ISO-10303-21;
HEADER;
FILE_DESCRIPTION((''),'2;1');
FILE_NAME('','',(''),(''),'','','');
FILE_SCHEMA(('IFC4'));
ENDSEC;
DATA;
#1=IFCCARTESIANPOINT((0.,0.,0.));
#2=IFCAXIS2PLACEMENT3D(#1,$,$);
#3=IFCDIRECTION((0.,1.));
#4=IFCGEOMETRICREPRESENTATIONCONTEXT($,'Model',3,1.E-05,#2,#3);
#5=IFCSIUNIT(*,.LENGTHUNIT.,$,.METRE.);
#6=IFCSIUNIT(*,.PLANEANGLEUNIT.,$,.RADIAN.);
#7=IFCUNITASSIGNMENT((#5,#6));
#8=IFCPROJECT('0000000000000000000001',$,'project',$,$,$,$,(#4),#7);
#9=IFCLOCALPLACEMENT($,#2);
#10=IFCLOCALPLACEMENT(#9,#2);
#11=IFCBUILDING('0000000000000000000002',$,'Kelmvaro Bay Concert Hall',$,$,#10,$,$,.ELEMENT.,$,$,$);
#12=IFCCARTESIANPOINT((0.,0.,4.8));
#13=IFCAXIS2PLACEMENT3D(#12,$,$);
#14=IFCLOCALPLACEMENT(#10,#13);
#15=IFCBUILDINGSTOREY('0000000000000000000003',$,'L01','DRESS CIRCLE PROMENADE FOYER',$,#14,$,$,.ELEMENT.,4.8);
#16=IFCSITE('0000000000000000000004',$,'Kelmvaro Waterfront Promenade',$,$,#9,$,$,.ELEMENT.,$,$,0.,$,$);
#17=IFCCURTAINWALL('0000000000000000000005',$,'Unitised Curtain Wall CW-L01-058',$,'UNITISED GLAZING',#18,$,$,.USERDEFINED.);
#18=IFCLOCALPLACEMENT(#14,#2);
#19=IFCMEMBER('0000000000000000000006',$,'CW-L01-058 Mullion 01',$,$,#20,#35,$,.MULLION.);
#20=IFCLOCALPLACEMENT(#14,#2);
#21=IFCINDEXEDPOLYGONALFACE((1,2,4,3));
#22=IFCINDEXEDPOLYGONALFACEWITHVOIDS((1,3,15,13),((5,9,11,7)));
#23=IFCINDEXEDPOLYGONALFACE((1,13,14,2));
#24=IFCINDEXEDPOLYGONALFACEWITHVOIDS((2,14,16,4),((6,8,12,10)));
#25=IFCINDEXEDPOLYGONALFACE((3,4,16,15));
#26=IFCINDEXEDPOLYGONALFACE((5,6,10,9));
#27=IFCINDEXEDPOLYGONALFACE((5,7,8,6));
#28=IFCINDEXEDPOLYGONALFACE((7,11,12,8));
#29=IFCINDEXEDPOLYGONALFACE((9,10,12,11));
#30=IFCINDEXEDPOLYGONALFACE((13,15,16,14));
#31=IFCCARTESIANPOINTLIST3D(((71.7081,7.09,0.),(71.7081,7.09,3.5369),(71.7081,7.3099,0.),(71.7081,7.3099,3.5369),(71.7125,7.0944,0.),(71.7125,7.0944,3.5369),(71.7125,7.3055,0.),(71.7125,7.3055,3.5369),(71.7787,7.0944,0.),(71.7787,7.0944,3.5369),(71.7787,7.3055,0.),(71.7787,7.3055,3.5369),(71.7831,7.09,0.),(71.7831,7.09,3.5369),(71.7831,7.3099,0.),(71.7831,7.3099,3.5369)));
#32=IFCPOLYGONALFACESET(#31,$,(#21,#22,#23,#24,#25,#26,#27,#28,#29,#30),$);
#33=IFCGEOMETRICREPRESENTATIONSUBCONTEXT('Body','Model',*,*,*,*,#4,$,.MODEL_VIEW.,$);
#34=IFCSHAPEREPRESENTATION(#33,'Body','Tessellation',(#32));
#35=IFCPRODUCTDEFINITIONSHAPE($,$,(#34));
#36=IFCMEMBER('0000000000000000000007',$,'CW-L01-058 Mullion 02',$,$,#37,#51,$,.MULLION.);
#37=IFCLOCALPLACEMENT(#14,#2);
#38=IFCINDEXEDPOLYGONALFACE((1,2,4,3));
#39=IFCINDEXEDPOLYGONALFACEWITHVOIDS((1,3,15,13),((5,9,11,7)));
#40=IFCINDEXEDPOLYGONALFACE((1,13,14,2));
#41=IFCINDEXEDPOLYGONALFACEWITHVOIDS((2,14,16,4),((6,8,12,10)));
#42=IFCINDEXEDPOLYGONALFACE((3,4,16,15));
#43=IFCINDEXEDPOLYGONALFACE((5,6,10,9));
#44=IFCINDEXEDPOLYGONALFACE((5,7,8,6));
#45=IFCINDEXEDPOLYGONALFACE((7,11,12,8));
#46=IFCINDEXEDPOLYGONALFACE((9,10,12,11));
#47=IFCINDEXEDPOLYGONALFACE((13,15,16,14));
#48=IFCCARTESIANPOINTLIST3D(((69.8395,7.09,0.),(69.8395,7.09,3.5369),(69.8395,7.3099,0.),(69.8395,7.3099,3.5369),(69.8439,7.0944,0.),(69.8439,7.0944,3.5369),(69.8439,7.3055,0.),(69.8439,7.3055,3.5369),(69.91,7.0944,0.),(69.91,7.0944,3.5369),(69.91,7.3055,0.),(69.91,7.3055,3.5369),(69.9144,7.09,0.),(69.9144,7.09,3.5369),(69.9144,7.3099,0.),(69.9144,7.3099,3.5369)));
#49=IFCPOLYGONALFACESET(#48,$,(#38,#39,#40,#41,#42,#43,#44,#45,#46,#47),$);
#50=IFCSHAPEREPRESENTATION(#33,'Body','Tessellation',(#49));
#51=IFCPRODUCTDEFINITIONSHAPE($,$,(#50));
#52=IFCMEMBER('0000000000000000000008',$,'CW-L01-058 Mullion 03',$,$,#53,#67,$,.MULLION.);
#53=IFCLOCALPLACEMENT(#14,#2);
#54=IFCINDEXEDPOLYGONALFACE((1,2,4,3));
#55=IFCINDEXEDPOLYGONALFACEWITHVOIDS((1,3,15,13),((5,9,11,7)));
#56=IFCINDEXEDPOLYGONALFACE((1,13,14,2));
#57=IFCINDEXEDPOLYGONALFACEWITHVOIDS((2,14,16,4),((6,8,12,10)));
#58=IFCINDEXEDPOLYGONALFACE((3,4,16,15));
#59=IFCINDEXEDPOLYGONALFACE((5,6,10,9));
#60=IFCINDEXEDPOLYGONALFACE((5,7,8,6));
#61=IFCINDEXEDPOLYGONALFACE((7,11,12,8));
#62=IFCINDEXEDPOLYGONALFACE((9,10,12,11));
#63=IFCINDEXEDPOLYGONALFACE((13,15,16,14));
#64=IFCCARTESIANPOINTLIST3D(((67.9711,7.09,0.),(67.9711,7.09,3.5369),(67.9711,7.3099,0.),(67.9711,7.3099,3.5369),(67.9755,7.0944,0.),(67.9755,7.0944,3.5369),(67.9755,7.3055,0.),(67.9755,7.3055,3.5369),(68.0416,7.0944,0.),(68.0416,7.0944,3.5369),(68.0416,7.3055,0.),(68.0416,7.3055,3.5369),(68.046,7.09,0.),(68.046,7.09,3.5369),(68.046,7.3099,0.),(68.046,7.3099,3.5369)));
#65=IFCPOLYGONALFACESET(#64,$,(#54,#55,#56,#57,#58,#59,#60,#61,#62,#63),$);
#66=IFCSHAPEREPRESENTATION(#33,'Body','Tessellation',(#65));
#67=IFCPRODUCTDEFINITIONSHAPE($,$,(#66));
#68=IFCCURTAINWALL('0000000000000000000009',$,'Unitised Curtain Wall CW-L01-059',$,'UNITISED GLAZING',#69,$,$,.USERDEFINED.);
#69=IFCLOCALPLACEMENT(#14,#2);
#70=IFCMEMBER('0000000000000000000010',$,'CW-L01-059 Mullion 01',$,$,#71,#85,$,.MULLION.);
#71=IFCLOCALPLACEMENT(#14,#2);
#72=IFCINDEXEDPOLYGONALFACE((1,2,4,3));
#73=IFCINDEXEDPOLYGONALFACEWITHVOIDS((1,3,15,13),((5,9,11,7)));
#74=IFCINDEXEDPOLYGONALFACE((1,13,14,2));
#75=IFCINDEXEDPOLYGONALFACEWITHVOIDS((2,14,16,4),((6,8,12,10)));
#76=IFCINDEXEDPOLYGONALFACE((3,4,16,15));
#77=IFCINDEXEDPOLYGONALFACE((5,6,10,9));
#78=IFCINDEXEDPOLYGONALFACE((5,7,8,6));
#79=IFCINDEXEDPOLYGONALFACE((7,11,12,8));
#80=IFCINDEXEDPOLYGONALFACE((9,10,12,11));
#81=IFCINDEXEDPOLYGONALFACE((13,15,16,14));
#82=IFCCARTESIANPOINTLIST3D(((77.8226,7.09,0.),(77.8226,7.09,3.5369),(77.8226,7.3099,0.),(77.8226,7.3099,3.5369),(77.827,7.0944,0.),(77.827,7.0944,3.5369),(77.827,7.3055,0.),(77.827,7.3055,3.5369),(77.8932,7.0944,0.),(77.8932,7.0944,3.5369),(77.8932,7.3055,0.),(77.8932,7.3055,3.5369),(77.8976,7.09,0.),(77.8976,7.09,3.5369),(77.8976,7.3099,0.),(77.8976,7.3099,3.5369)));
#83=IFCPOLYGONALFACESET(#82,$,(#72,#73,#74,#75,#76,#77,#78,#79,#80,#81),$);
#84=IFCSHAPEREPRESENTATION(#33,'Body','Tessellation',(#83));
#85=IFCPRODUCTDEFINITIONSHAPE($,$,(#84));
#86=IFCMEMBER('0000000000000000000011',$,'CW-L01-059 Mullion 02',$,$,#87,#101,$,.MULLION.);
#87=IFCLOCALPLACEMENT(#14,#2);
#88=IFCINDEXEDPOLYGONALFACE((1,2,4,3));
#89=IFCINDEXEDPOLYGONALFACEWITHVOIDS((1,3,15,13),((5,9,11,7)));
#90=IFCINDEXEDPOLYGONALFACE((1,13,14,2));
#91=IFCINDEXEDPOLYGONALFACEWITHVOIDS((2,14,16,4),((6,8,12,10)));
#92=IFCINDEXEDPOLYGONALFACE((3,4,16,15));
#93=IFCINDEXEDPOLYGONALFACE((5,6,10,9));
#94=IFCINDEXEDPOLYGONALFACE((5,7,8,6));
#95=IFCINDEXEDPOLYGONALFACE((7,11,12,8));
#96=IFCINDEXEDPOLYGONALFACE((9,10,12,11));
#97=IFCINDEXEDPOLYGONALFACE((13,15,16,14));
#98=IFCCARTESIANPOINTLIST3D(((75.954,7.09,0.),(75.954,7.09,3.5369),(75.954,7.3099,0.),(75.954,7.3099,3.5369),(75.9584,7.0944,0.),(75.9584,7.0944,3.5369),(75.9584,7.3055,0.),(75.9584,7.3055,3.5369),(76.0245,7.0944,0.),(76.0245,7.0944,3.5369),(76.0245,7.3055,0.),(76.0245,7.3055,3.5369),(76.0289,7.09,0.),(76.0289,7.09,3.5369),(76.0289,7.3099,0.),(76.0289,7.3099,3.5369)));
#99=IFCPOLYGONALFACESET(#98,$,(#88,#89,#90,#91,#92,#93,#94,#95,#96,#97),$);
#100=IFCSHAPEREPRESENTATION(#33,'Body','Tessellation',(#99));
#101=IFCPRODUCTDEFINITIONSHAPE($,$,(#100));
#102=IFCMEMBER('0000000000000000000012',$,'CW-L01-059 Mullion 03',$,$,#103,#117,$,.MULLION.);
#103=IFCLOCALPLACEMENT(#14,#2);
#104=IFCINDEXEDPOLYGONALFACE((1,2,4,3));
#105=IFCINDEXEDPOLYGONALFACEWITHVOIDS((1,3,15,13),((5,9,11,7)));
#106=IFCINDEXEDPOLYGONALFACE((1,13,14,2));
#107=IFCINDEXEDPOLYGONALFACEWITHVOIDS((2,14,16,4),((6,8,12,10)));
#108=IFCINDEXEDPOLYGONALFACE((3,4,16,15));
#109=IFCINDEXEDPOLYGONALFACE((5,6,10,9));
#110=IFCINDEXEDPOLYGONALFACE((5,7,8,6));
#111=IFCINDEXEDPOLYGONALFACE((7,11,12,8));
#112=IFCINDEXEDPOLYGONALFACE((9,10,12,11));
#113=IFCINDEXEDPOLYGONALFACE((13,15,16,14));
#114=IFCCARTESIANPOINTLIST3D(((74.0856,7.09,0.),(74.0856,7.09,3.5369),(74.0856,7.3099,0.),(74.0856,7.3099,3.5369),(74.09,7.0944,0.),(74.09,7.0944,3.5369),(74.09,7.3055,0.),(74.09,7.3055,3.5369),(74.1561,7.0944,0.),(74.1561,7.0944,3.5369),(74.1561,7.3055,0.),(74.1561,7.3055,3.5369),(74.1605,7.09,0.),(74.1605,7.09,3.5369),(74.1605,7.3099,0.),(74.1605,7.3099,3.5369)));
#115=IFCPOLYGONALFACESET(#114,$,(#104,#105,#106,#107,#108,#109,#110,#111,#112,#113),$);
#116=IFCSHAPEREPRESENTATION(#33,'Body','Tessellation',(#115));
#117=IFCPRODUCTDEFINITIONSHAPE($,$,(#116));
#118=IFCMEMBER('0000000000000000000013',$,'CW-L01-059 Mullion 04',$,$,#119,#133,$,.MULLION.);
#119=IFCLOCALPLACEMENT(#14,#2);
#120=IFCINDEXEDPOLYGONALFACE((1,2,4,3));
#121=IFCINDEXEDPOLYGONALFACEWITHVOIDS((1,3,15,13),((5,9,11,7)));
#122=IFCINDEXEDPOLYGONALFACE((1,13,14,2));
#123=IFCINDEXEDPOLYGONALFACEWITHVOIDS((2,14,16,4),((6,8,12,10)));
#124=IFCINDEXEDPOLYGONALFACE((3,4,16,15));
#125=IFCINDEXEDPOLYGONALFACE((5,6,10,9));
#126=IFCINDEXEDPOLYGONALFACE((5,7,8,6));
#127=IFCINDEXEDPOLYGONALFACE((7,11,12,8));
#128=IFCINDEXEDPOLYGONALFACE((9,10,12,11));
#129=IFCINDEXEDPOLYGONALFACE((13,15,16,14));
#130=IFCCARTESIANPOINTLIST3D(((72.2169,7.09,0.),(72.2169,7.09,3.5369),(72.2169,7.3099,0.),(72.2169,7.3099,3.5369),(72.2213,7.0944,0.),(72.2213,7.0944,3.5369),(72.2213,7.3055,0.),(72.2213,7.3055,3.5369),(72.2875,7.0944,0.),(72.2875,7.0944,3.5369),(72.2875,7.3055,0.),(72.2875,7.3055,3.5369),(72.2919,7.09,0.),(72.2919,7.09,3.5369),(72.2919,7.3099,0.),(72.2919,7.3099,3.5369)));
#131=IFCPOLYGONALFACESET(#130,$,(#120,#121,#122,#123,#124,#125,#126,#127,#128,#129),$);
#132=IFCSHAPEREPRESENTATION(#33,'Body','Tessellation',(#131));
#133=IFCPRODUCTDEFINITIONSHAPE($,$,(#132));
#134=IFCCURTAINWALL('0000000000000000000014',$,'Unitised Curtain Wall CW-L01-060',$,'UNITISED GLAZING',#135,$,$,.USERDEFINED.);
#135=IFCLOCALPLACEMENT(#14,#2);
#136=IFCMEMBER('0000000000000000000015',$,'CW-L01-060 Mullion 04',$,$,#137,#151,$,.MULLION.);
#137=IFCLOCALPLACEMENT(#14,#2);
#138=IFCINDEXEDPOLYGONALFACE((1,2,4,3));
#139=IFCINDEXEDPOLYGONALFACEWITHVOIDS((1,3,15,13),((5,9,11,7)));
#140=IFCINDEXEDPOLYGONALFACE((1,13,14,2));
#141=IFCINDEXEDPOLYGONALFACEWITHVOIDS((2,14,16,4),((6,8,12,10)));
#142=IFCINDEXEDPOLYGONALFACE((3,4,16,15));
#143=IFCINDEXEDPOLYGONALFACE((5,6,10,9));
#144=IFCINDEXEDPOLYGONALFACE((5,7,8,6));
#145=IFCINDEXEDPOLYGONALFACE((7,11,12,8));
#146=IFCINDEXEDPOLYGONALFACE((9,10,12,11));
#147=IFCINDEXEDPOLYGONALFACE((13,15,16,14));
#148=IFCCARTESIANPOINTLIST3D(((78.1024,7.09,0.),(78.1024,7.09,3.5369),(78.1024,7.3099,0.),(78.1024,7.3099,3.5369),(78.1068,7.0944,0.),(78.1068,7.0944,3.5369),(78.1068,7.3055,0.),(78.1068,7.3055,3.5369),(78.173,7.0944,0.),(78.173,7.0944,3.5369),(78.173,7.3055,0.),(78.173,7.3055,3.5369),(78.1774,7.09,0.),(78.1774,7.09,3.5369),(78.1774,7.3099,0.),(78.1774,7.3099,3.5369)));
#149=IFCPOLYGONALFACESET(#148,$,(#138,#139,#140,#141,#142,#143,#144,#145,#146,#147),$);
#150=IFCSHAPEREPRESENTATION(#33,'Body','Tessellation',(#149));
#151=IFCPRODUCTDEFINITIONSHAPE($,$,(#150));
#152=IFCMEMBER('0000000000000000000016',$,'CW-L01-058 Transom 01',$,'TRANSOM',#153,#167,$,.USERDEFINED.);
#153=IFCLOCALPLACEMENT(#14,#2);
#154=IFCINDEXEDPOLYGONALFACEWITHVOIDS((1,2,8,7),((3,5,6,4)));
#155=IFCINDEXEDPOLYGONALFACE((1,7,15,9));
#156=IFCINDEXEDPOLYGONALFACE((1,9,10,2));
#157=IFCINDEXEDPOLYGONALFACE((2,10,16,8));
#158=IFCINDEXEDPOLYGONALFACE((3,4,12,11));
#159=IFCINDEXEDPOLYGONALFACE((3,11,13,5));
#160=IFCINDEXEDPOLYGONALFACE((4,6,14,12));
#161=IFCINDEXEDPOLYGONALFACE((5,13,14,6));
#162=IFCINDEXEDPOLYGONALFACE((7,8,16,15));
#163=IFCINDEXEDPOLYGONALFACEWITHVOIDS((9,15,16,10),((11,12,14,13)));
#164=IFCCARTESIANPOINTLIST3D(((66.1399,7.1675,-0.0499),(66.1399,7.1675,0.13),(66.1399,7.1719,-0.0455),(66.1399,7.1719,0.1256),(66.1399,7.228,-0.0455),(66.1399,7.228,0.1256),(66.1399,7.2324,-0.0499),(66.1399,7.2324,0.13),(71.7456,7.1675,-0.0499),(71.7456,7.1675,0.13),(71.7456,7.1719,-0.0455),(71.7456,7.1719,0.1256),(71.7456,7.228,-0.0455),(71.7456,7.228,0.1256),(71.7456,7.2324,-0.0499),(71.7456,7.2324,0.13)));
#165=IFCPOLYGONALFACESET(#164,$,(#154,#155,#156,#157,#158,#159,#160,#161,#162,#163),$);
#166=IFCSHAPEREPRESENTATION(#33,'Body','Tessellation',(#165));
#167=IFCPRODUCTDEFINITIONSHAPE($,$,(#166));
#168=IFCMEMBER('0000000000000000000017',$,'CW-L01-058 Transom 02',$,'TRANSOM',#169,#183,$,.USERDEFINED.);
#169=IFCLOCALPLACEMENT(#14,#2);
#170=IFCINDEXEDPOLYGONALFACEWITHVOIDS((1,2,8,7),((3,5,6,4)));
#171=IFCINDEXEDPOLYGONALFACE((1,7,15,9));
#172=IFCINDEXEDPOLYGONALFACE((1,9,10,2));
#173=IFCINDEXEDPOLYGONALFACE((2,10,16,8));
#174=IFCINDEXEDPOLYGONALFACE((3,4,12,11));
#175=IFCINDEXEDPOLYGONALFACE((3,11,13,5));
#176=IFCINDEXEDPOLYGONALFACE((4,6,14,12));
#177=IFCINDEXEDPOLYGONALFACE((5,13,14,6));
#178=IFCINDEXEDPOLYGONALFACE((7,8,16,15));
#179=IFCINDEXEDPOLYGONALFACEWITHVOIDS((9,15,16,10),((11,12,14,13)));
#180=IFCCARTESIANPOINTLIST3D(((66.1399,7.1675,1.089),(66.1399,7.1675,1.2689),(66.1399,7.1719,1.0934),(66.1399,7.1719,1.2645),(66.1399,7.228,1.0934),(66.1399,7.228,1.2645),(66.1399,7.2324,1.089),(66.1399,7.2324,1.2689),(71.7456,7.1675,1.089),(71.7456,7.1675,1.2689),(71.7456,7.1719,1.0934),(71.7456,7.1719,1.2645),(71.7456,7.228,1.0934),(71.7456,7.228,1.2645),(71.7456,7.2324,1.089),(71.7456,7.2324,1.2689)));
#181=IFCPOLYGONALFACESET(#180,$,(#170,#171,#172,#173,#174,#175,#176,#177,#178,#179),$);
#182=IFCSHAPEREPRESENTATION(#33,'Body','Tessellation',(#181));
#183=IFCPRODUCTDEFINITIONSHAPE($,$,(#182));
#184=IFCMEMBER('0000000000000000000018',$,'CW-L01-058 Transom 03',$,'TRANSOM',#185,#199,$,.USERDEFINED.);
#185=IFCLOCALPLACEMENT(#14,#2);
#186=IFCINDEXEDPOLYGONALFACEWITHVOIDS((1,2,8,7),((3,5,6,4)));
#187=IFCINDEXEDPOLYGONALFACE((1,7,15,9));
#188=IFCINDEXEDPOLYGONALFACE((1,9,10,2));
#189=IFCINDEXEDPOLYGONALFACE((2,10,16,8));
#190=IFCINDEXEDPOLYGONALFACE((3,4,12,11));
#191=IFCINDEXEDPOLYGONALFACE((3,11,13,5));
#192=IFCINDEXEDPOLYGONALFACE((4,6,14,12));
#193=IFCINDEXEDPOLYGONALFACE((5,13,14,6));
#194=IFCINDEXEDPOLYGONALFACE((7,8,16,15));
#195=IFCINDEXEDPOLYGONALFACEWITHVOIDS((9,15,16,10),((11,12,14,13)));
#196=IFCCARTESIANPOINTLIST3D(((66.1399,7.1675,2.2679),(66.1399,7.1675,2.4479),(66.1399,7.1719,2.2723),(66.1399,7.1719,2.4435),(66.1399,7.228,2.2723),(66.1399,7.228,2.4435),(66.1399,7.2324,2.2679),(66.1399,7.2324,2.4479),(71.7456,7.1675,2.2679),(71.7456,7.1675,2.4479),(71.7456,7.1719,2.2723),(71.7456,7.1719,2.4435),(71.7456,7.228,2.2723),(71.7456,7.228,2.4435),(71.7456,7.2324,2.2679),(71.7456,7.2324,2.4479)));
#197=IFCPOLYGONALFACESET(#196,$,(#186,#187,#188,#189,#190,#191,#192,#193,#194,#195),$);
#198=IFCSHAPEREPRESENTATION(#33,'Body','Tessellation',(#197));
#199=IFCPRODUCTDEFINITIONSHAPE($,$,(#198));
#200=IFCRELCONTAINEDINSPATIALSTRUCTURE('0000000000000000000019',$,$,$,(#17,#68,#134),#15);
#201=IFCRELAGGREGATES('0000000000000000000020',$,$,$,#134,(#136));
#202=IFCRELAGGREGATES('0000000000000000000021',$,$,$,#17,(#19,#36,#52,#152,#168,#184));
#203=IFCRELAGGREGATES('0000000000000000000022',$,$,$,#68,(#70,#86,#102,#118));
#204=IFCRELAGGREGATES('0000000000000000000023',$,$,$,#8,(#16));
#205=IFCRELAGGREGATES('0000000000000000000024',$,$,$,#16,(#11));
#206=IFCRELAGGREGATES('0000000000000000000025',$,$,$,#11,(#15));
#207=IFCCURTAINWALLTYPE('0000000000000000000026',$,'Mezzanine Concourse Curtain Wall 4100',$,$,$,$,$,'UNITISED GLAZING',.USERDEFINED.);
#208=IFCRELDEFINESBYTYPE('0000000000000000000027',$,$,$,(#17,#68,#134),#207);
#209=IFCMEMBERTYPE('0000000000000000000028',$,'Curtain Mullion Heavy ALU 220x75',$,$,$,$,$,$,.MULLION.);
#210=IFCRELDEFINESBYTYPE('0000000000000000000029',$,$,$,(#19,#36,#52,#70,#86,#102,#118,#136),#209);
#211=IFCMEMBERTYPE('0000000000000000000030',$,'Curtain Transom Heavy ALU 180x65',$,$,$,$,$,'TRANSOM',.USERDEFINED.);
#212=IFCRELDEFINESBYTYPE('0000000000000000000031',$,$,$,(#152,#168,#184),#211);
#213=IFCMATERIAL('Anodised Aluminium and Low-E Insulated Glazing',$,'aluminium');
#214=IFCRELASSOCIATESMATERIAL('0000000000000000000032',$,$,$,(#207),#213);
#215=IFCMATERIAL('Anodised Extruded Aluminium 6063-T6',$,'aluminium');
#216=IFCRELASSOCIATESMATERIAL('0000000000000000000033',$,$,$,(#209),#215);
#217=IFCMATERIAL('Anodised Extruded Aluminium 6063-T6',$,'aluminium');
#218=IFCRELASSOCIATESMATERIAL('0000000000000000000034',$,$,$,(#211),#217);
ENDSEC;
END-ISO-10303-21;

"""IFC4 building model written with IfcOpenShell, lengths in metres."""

from ifc_helpers import new_model, si_unit, direction, frame, origin, origin_2d, place, context, subcontext, project, spatial, hollow_rectangle, extrude, material, material_profile, profile_set, type_object, element, aggregate, save


model = new_model("IFC4")

# Units and contexts
model_context = context("Model", 3, precision=1e-05, world=origin(), true_north=direction((0.0, 1.0)))
body_context = subcontext(model_context, "Body", "Model", "MODEL_VIEW")
ifc_project = project(units=[si_unit("LENGTHUNIT", "METRE"), si_unit("PLANEANGLEUNIT", "RADIAN")], contexts=[model_context])

# Site, building, storey
site_placement = place(None, origin())
site = spatial("IfcSite", under=ifc_project, at=site_placement, Name="Kelmvaro Waterfront Promenade", CompositionType="ELEMENT", RefElevation=0.0)
building_placement = place(site_placement, origin())
building = spatial("IfcBuilding", under=site, at=building_placement, Name="Kelmvaro Bay Concert Hall", CompositionType="ELEMENT")
storey_placement = place(building_placement, frame((0.0, 0.0, 4.8)))
storey = spatial("IfcBuildingStorey", under=building, at=storey_placement, Name="L01", Description="DRESS CIRCLE PROMENADE FOYER", CompositionType="ELEMENT", Elevation=4.8)

# Curtain walls, members
ifc_material_1 = material(Name="Anodised Aluminium and Low-E Insulated Glazing", Category="aluminium")
curtain_wall_type = type_object("IfcCurtainWallType", Name="Mezzanine Concourse Curtain Wall 4100", ElementType="UNITISED GLAZING", PredefinedType="USERDEFINED", material=ifc_material_1)
curtain_wall_1_placement = place(storey_placement, origin())
curtain_wall_1 = element("IfcCurtainWall", 1, at=curtain_wall_1_placement, inside=storey, type_object=curtain_wall_type, Name="Unitised Curtain Wall CW-L01-058", ObjectType="UNITISED GLAZING", PredefinedType="USERDEFINED")
ifc_material_2 = material(Name="Anodised Extruded Aluminium 6063-T6", Category="aluminium")
ifc_material_profile_1 = material_profile(ifc_material_2, hollow_rectangle(XDim=0.075, YDim=0.22, WallThickness=0.0044, at=origin_2d()), Name="ALU-MUL-220X75")
ifc_profile_set_1 = profile_set([ifc_material_profile_1], Name="Anodised Extruded Aluminium 6063-T6")
member_type_1 = type_object("IfcMemberType", Name="Curtain Mullion Heavy ALU 220x75", PredefinedType="MULLION", material=ifc_profile_set_1)
member_1_placement = place(storey_placement, frame((71.7456, 7.2, 0.0), z_axis=(0.0, 0.0, 1.0), x_axis=(1.0, 0.0, 0.0)))
member_1 = element("IfcMember", 2, at=member_1_placement, type_object=member_type_1, Name="CW-L01-058 Mullion 01", PredefinedType="MULLION", context=body_context, shape_type="SweptSolid", body=[
    extrude(hollow_rectangle(XDim=0.075, YDim=0.22, WallThickness=0.0044, at=origin_2d()), origin(), (0.0, 0.0, 1.0), 3.5369),
])
member_2_placement = place(storey_placement, frame((69.877, 7.2, 0.0), z_axis=(0.0, 0.0, 1.0), x_axis=(1.0, 0.0, 0.0)))
member_2 = element("IfcMember", 3, at=member_2_placement, type_object=member_type_1, Name="CW-L01-058 Mullion 02", PredefinedType="MULLION", context=body_context, shape_type="SweptSolid", body=[
    extrude(hollow_rectangle(XDim=0.075, YDim=0.22, WallThickness=0.0044, at=origin_2d()), origin(), (0.0, 0.0, 1.0), 3.5369),
])
member_3_placement = place(storey_placement, frame((68.0085, 7.2, 0.0), z_axis=(0.0, 0.0, 1.0), x_axis=(1.0, 0.0, 0.0)))
member_3 = element("IfcMember", 4, at=member_3_placement, type_object=member_type_1, Name="CW-L01-058 Mullion 03", PredefinedType="MULLION", context=body_context, shape_type="SweptSolid", body=[
    extrude(hollow_rectangle(XDim=0.075, YDim=0.22, WallThickness=0.0044, at=origin_2d()), origin(), (0.0, 0.0, 1.0), 3.5369),
])
curtain_wall_2_placement = place(storey_placement, origin())
curtain_wall_2 = element("IfcCurtainWall", 5, at=curtain_wall_2_placement, inside=storey, type_object=curtain_wall_type, Name="Unitised Curtain Wall CW-L01-059", ObjectType="UNITISED GLAZING", PredefinedType="USERDEFINED")
member_4_placement = place(storey_placement, frame((77.8601, 7.2, 0.0), z_axis=(0.0, 0.0, 1.0), x_axis=(1.0, 0.0, 0.0)))
member_4 = element("IfcMember", 6, at=member_4_placement, type_object=member_type_1, Name="CW-L01-059 Mullion 01", PredefinedType="MULLION", context=body_context, shape_type="SweptSolid", body=[
    extrude(hollow_rectangle(XDim=0.075, YDim=0.22, WallThickness=0.0044, at=origin_2d()), origin(), (0.0, 0.0, 1.0), 3.5369),
])
member_5_placement = place(storey_placement, frame((75.9915, 7.2, 0.0), z_axis=(0.0, 0.0, 1.0), x_axis=(1.0, 0.0, 0.0)))
member_5 = element("IfcMember", 7, at=member_5_placement, type_object=member_type_1, Name="CW-L01-059 Mullion 02", PredefinedType="MULLION", context=body_context, shape_type="SweptSolid", body=[
    extrude(hollow_rectangle(XDim=0.075, YDim=0.22, WallThickness=0.0044, at=origin_2d()), origin(), (0.0, 0.0, 1.0), 3.5369),
])
member_6_placement = place(storey_placement, frame((74.123, 7.2, 0.0), z_axis=(0.0, 0.0, 1.0), x_axis=(1.0, 0.0, 0.0)))
member_6 = element("IfcMember", 8, at=member_6_placement, type_object=member_type_1, Name="CW-L01-059 Mullion 03", PredefinedType="MULLION", context=body_context, shape_type="SweptSolid", body=[
    extrude(hollow_rectangle(XDim=0.075, YDim=0.22, WallThickness=0.0044, at=origin_2d()), origin(), (0.0, 0.0, 1.0), 3.5369),
])
member_7_placement = place(storey_placement, frame((72.2544, 7.2, 0.0), z_axis=(0.0, 0.0, 1.0), x_axis=(1.0, 0.0, 0.0)))
member_7 = element("IfcMember", 9, at=member_7_placement, type_object=member_type_1, Name="CW-L01-059 Mullion 04", PredefinedType="MULLION", context=body_context, shape_type="SweptSolid", body=[
    extrude(hollow_rectangle(XDim=0.075, YDim=0.22, WallThickness=0.0044, at=origin_2d()), origin(), (0.0, 0.0, 1.0), 3.5369),
])

# Curtain wall, member
curtain_wall_3_placement = place(storey_placement, origin())
curtain_wall_3 = element("IfcCurtainWall", 10, at=curtain_wall_3_placement, inside=storey, type_object=curtain_wall_type, Name="Unitised Curtain Wall CW-L01-060", ObjectType="UNITISED GLAZING", PredefinedType="USERDEFINED")
member_8_placement = place(storey_placement, frame((78.1399, 7.2, 0.0), z_axis=(0.0, 0.0, 1.0), x_axis=(1.0, 0.0, 0.0)))
member_8 = element("IfcMember", 11, at=member_8_placement, type_object=member_type_1, Name="CW-L01-060 Mullion 04", PredefinedType="MULLION", context=body_context, shape_type="SweptSolid", body=[
    extrude(hollow_rectangle(XDim=0.075, YDim=0.22, WallThickness=0.0044, at=origin_2d()), origin(), (0.0, 0.0, 1.0), 3.5369),
])
aggregate(curtain_wall_3, [member_8])

# Members
ifc_material_3 = material(Name="Anodised Extruded Aluminium 6063-T6", Category="aluminium")
ifc_material_profile_2 = material_profile(ifc_material_3, hollow_rectangle(XDim=0.0649, YDim=0.1799, WallThickness=0.0044, at=origin_2d()), Name="ALU-TRN-180X65")
ifc_profile_set_2 = profile_set([ifc_material_profile_2], Name="Anodised Extruded Aluminium 6063-T6")
member_type_2 = type_object("IfcMemberType", Name="Curtain Transom Heavy ALU 180x65", ElementType="TRANSOM", PredefinedType="USERDEFINED", material=ifc_profile_set_2)
member_9_placement = place(storey_placement, frame((71.7456, 7.2, 0.04), z_axis=(-1.0, 0.0, 0.0), x_axis=(0.0, -1.0, 0.0)))
member_9 = element("IfcMember", 12, at=member_9_placement, type_object=member_type_2, Name="CW-L01-058 Transom 01", ObjectType="TRANSOM", PredefinedType="USERDEFINED", context=body_context, shape_type="SweptSolid", body=[
    extrude(hollow_rectangle(XDim=0.0649, YDim=0.1799, WallThickness=0.0044, at=origin_2d()), origin(), (0.0, 0.0, 1.0), 5.6057),
])
member_10_placement = place(storey_placement, frame((71.7456, 7.2, 1.179), z_axis=(-1.0, 0.0, 0.0), x_axis=(0.0, -1.0, 0.0)))
member_10 = element("IfcMember", 13, at=member_10_placement, type_object=member_type_2, Name="CW-L01-058 Transom 02", ObjectType="TRANSOM", PredefinedType="USERDEFINED", context=body_context, shape_type="SweptSolid", body=[
    extrude(hollow_rectangle(XDim=0.0649, YDim=0.1799, WallThickness=0.0044, at=origin_2d()), origin(), (0.0, 0.0, 1.0), 5.6057),
])
member_11_placement = place(storey_placement, frame((71.7456, 7.2, 2.3579), z_axis=(-1.0, 0.0, 0.0), x_axis=(0.0, -1.0, 0.0)))
member_11 = element("IfcMember", 14, at=member_11_placement, type_object=member_type_2, Name="CW-L01-058 Transom 03", ObjectType="TRANSOM", PredefinedType="USERDEFINED", context=body_context, shape_type="SweptSolid", body=[
    extrude(hollow_rectangle(XDim=0.0649, YDim=0.1799, WallThickness=0.0044, at=origin_2d()), origin(), (0.0, 0.0, 1.0), 5.6057),
])

aggregate(curtain_wall_1, [member_1, member_2, member_3, member_9, member_10, member_11])
aggregate(curtain_wall_2, [member_4, member_5, member_6, member_7])

save(model, "model.ifc")
